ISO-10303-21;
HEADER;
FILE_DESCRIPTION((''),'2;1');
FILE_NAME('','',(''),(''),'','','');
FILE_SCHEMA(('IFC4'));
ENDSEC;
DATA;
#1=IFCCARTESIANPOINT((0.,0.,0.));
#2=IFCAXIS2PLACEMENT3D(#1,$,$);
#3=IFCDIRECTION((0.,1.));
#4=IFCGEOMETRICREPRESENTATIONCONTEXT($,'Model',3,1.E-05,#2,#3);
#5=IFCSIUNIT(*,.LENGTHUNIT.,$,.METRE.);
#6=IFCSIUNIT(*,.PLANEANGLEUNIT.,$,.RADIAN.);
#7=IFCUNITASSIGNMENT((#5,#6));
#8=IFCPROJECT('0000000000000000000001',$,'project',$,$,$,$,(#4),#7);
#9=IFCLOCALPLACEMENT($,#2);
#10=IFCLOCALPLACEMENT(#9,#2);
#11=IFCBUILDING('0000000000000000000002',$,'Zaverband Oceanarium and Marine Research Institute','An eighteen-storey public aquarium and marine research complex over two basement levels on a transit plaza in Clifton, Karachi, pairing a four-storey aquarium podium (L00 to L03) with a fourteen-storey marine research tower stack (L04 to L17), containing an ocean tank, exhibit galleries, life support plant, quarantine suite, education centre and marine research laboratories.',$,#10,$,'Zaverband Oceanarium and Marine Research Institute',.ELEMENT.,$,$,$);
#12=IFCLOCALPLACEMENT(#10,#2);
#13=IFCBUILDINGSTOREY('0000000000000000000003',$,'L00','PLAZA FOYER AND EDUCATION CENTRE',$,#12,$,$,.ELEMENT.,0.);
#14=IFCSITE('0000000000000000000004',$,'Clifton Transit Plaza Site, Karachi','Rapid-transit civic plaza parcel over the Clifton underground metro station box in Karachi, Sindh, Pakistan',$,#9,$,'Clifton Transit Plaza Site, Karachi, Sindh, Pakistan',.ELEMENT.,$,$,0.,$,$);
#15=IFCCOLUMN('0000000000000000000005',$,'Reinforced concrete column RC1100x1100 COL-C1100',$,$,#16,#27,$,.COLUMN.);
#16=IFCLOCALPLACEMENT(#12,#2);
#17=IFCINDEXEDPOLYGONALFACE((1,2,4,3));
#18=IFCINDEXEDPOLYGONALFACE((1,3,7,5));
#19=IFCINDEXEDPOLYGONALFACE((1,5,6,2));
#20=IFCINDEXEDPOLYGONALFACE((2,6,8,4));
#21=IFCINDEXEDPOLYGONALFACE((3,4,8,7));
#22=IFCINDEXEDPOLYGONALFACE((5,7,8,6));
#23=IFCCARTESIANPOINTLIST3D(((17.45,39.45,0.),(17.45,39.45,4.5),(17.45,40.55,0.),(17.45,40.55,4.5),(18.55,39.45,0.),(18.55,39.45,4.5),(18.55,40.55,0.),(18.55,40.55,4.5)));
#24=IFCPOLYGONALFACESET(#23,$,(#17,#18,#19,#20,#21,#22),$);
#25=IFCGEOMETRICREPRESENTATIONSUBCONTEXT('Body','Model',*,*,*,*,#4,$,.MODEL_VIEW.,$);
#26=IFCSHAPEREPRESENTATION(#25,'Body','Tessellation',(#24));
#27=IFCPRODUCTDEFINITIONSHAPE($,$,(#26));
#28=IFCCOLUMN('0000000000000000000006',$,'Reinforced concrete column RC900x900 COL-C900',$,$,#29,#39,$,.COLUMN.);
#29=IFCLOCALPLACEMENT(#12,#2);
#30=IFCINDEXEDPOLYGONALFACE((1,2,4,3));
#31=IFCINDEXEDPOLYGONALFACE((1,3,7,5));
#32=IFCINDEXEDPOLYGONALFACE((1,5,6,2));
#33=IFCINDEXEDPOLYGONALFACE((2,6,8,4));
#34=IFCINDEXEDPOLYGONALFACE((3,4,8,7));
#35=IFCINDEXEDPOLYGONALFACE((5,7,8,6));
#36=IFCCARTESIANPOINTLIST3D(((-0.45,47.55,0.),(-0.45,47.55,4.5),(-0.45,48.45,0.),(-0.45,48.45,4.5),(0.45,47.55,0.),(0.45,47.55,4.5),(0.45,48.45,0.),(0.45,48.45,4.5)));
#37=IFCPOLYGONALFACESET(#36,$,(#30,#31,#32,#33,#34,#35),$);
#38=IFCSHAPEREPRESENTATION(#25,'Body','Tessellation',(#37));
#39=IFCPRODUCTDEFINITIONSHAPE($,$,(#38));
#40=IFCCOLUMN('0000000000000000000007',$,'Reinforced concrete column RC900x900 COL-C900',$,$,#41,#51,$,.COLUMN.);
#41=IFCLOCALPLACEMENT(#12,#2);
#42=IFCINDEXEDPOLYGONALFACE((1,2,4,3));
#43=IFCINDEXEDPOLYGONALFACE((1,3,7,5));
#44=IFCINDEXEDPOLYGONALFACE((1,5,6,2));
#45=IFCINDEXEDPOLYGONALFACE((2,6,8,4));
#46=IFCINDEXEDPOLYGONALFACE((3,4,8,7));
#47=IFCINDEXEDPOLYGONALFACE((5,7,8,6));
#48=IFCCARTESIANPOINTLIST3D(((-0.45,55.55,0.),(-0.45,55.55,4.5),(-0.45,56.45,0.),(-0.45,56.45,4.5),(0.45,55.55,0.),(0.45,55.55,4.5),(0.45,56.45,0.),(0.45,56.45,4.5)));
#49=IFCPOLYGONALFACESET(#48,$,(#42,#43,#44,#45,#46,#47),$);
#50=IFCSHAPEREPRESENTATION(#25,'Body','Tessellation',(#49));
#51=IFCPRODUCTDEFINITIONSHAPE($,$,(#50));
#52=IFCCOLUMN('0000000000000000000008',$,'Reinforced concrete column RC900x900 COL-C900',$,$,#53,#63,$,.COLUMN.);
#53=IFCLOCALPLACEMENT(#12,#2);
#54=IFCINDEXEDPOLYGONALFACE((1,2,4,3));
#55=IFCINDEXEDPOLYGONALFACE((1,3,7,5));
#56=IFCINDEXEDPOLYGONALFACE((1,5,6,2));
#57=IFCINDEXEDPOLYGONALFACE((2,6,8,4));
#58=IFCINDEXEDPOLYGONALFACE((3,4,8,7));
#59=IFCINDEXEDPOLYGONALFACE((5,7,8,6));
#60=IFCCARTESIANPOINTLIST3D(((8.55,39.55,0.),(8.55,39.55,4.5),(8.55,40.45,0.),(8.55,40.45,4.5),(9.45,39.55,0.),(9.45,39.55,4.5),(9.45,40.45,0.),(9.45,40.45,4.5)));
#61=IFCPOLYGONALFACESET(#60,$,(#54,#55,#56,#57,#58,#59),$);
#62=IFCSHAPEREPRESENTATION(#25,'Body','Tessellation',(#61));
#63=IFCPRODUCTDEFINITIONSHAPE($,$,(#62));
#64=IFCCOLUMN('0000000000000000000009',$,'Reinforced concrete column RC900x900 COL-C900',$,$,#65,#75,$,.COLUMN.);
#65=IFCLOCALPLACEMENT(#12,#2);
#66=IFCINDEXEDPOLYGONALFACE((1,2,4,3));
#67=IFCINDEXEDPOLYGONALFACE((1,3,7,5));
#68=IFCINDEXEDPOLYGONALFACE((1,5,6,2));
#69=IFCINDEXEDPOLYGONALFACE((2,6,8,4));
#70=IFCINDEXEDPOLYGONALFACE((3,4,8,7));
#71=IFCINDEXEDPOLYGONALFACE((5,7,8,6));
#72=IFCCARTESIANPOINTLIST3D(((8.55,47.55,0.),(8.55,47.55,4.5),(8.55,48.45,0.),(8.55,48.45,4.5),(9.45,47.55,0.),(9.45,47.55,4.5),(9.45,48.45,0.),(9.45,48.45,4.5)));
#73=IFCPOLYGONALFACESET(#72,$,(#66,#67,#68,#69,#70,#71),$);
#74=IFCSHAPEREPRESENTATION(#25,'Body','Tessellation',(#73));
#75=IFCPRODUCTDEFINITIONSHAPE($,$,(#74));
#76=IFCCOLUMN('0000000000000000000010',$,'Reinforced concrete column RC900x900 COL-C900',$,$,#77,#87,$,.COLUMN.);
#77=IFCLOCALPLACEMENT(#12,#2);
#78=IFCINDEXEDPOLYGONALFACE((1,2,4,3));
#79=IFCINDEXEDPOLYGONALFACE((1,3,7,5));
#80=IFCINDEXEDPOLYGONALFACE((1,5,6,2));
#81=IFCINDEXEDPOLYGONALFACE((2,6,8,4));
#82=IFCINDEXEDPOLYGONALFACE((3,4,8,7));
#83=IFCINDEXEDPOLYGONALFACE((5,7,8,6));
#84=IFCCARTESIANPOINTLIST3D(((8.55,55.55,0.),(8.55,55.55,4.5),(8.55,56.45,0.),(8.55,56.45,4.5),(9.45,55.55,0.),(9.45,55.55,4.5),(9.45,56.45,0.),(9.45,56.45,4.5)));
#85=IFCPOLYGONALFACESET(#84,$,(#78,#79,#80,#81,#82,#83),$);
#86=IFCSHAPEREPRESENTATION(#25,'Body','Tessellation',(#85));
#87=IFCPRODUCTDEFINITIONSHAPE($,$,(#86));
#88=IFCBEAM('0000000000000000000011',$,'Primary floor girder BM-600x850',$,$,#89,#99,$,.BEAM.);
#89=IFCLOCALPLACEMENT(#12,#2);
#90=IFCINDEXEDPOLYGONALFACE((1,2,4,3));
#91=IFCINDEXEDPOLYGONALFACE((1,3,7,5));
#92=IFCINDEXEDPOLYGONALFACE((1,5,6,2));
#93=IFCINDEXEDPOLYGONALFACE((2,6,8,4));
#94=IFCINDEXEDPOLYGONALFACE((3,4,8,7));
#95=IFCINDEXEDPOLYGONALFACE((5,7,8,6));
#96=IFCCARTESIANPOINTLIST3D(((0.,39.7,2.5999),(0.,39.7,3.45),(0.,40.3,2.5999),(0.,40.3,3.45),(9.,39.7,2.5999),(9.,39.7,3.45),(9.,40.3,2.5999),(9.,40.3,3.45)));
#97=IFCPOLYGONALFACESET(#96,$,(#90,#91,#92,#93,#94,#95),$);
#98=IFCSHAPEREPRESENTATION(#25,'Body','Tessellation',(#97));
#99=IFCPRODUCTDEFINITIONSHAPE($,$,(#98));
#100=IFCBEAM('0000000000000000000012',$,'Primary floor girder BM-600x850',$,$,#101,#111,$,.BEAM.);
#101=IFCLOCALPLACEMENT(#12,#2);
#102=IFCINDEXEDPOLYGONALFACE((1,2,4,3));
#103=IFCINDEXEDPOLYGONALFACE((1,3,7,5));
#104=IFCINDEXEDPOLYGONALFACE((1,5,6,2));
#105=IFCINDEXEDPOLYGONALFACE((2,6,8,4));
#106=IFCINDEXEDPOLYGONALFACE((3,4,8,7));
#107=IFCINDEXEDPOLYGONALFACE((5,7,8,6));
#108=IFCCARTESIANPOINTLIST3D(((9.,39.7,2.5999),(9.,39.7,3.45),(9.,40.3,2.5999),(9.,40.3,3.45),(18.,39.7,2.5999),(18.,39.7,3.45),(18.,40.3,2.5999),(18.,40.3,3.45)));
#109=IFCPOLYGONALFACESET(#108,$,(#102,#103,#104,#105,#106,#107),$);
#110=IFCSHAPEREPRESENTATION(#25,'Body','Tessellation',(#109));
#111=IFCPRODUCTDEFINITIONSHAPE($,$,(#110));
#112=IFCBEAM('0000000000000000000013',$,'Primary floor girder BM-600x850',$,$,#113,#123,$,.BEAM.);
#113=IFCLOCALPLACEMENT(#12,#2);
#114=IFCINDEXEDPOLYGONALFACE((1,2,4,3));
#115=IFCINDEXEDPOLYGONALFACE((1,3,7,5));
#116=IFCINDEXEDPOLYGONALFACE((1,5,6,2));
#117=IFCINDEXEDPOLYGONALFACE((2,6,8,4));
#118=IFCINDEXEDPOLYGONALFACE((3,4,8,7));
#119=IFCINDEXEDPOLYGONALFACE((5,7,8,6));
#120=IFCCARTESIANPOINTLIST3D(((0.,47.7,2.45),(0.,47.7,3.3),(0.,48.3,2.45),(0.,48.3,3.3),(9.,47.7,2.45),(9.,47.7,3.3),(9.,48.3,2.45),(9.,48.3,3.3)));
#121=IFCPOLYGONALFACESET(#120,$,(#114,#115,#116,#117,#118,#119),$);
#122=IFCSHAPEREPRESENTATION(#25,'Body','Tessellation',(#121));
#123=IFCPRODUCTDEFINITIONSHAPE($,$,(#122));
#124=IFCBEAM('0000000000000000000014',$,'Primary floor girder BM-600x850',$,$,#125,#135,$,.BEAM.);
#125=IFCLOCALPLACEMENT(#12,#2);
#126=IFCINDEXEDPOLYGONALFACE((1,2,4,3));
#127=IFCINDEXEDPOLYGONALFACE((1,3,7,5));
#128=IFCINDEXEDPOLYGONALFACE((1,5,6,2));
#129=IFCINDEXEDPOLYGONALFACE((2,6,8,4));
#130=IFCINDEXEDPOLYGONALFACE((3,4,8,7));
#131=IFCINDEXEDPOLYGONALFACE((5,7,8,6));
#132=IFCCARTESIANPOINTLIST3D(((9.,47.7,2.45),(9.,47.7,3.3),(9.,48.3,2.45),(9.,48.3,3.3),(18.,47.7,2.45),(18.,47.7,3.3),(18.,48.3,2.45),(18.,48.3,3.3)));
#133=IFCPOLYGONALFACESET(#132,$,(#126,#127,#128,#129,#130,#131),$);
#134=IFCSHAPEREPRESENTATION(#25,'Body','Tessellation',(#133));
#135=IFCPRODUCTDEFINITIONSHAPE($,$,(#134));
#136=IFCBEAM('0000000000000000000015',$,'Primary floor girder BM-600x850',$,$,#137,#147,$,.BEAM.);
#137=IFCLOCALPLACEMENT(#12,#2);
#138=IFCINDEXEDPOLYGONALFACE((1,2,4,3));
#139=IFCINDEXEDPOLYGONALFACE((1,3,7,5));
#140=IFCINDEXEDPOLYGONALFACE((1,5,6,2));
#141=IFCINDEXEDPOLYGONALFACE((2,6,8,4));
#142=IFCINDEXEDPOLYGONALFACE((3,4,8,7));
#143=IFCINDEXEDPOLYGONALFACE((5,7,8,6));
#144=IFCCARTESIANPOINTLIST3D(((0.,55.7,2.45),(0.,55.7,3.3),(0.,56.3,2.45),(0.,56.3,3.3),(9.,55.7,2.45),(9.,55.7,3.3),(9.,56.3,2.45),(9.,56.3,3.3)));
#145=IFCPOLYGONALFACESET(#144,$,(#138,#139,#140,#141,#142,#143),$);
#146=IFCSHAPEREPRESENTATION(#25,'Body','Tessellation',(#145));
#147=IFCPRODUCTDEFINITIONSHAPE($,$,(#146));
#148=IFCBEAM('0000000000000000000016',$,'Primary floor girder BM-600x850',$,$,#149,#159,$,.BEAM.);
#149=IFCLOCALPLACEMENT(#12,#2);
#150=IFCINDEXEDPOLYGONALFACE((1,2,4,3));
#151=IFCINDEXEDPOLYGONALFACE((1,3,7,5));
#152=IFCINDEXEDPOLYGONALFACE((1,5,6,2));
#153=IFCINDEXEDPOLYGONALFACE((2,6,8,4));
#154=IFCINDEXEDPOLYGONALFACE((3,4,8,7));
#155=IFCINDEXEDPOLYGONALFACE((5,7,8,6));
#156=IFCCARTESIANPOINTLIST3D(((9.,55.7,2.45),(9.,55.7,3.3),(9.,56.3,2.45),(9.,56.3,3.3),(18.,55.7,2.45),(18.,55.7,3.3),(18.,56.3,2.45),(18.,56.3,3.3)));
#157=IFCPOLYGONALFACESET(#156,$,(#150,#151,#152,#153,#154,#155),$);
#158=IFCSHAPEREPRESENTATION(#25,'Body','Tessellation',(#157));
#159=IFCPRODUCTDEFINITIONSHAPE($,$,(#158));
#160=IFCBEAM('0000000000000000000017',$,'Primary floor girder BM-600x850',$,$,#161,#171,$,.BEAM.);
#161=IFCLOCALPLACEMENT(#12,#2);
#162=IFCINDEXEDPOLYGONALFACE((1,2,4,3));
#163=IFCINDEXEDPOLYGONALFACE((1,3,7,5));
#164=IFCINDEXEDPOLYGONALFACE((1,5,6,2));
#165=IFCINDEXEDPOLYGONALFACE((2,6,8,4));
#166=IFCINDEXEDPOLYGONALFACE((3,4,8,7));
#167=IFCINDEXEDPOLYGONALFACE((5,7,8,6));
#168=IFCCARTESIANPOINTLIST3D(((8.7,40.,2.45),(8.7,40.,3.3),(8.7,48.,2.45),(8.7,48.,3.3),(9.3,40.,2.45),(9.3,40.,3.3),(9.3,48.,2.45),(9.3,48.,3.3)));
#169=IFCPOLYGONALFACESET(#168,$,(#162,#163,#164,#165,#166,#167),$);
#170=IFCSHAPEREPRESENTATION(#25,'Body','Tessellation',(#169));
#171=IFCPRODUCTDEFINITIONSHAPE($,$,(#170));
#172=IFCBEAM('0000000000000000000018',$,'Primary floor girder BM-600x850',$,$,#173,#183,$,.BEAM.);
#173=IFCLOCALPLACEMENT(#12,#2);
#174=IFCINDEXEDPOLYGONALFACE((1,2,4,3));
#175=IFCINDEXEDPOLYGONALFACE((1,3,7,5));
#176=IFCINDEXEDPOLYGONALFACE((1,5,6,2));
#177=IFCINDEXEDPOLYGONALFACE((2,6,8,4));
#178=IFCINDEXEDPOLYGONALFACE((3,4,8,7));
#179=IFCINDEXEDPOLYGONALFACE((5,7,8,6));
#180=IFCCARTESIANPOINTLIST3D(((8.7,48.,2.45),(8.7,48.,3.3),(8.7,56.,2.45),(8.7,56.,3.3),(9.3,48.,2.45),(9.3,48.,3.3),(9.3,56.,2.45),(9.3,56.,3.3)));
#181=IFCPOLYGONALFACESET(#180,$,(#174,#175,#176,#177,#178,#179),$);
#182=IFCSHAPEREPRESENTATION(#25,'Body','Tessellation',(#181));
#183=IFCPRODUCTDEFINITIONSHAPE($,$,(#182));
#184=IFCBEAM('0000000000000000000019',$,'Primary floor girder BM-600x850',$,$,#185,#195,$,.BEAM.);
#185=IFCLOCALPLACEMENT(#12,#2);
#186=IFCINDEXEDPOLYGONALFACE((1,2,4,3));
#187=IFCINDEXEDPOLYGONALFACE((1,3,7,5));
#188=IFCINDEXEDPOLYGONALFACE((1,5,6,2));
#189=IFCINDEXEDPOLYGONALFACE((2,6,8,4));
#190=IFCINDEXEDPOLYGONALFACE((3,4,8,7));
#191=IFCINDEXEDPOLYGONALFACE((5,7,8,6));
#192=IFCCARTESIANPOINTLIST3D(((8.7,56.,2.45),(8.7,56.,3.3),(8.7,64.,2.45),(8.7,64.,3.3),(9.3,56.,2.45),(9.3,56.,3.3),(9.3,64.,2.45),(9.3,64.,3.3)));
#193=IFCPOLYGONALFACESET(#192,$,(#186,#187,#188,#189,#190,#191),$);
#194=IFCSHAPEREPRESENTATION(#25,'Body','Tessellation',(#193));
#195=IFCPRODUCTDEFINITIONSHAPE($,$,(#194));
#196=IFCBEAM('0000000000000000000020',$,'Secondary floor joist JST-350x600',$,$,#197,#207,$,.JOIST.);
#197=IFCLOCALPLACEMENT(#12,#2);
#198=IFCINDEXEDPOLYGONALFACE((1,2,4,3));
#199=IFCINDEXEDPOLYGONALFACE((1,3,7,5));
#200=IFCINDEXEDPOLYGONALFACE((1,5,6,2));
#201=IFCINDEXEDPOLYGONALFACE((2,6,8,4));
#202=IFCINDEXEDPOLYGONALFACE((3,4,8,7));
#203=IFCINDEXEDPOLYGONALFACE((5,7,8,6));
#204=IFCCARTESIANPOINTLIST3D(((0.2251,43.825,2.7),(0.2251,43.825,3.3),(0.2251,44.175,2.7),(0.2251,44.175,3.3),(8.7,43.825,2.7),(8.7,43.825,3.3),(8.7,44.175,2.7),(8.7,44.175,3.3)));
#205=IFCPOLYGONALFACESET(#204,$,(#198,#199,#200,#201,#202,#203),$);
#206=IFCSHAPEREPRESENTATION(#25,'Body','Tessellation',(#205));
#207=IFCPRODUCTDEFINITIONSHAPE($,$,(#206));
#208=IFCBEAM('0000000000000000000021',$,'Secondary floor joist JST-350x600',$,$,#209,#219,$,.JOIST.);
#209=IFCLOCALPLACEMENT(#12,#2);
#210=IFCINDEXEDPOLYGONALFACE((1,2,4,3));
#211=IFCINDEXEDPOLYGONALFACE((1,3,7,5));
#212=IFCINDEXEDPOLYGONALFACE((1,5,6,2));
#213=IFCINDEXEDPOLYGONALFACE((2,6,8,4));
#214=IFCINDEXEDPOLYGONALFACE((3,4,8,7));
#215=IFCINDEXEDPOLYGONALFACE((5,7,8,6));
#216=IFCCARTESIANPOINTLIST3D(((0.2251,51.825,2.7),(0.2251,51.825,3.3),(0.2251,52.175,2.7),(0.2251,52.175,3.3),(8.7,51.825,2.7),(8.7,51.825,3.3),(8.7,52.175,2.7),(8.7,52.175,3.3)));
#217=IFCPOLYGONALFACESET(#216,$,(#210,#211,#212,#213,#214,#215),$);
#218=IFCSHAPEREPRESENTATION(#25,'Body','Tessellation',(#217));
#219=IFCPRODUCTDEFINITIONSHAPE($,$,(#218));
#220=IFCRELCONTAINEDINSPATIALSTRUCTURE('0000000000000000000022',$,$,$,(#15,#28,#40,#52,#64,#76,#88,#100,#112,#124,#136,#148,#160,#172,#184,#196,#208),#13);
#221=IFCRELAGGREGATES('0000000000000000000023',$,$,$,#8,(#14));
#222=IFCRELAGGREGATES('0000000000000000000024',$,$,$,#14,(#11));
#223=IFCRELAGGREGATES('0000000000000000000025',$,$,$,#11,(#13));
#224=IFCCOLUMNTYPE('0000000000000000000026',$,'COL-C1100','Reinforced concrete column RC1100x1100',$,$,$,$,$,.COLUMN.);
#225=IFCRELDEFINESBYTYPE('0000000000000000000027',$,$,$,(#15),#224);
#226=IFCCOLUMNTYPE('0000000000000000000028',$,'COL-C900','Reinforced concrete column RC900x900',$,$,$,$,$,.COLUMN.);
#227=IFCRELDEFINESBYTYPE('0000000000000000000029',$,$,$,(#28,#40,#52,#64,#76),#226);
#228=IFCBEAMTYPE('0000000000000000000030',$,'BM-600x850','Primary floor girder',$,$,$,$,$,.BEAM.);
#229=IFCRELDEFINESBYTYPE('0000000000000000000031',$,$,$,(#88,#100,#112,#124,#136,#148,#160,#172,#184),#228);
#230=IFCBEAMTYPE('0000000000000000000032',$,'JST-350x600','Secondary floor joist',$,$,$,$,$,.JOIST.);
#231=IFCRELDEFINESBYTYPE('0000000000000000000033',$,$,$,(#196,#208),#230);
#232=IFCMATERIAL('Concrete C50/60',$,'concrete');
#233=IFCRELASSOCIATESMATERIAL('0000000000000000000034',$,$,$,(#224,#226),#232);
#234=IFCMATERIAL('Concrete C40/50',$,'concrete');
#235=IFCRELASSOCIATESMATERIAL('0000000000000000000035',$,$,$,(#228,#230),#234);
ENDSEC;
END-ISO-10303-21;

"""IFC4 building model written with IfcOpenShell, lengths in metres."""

from ifc_helpers import new_model, si_unit, direction, frame, origin, origin_2d, place, context, subcontext, project, spatial, rectangle, extrude, material, material_profile, profile_set, type_object, element, save


model = new_model("IFC4")

# Units and contexts
model_context = context("Model", 3, precision=1e-05, world=origin(), true_north=direction((0.0, 1.0)))
body_context = subcontext(model_context, "Body", "Model", "MODEL_VIEW")
ifc_project = project(units=[si_unit("LENGTHUNIT", "METRE"), si_unit("PLANEANGLEUNIT", "RADIAN")], contexts=[model_context])

# Site, building, storey
site_placement = place(None, origin())
site = spatial("IfcSite", under=ifc_project, at=site_placement, Name="Clifton Transit Plaza Site, Karachi", Description="Rapid-transit civic plaza parcel over the Clifton underground metro station box in Karachi, Sindh, Pakistan", LongName="Clifton Transit Plaza Site, Karachi, Sindh, Pakistan", CompositionType="ELEMENT", RefElevation=0.0)
building_placement = place(site_placement, origin())
building = spatial("IfcBuilding", under=site, at=building_placement, Name="Zaverband Oceanarium and Marine Research Institute", Description="An eighteen-storey public aquarium and marine research complex over two basement levels on a transit plaza in Clifton, Karachi, pairing a four-storey aquarium podium (L00 to L03) with a fourteen-storey marine research tower stack (L04 to L17), containing an ocean tank, exhibit galleries, life support plant, quarantine suite, education centre and marine research laboratories.", LongName="Zaverband Oceanarium and Marine Research Institute", CompositionType="ELEMENT")
storey_placement = place(building_placement, origin())
storey = spatial("IfcBuildingStorey", under=building, at=storey_placement, Name="L00", Description="PLAZA FOYER AND EDUCATION CENTRE", CompositionType="ELEMENT", Elevation=0.0)

# Columns
ifc_material_1 = material(Name="Concrete C50/60", Category="concrete")
ifc_material_profile_1 = material_profile(ifc_material_1, rectangle(XDim=1.1001, YDim=1.1001, at=origin_2d()), Name="RC1100x1100")
ifc_profile_set_1 = profile_set([ifc_material_profile_1], Name="Concrete C50/60")
column_type_1 = type_object("IfcColumnType", Name="COL-C1100", Description="Reinforced concrete column RC1100x1100", PredefinedType="COLUMN", material=ifc_profile_set_1)
column_placement = place(storey_placement, frame((18.0, 40.0, 0.0), z_axis=(0.0, 0.0, 1.0), x_axis=(1.0, 0.0, 0.0)))
element("IfcColumn", 1, at=column_placement, inside=storey, type_object=column_type_1, Name="Reinforced concrete column RC1100x1100 COL-C1100", PredefinedType="COLUMN", context=body_context, shape_type="SweptSolid", body=[
    extrude(rectangle(XDim=1.1001, YDim=1.1001, at=origin_2d()), origin(), (0.0, 0.0, 1.0), 4.5),
])
ifc_material_profile_2 = material_profile(ifc_material_1, rectangle(XDim=0.8999, YDim=0.8999, at=origin_2d()), Name="RC900x900")
ifc_profile_set_2 = profile_set([ifc_material_profile_2], Name="Concrete C50/60")
column_type_2 = type_object("IfcColumnType", Name="COL-C900", Description="Reinforced concrete column RC900x900", PredefinedType="COLUMN", material=ifc_profile_set_2)
for number, where, z_axis, x_axis, name in (
    (2, (0.0, 48.0, 0.0), (0.0, 0.0, 1.0), (1.0, 0.0, 0.0), "Reinforced concrete column RC900x900 COL-C900"),
    (3, (0.0, 56.0, 0.0), (0.0, 0.0, 1.0), (1.0, 0.0, 0.0), "Reinforced concrete column RC900x900 COL-C900"),
    (4, (9.0, 40.0, 0.0), (0.0, 0.0, 1.0), (1.0, 0.0, 0.0), "Reinforced concrete column RC900x900 COL-C900"),
    (5, (9.0, 48.0, 0.0), (0.0, 0.0, 1.0), (1.0, 0.0, 0.0), "Reinforced concrete column RC900x900 COL-C900"),
    (6, (9.0, 56.0, 0.0), (0.0, 0.0, 1.0), (1.0, 0.0, 0.0), "Reinforced concrete column RC900x900 COL-C900"),
):
    element("IfcColumn", number, at=place(storey_placement, frame(where, z_axis=z_axis, x_axis=x_axis)), inside=storey, type_object=column_type_2, Name=name, PredefinedType="COLUMN", context=body_context, shape_type="SweptSolid", body=[
        extrude(rectangle(XDim=0.8999, YDim=0.8999, at=origin_2d()), origin(), (0.0, 0.0, 1.0), 4.5),
    ])

# Beams
ifc_material_2 = material(Name="Concrete C40/50", Category="concrete")
ifc_material_profile_3 = material_profile(ifc_material_2, rectangle(XDim=0.6001, YDim=0.8501, at=origin_2d()), Name="RC600x850")
ifc_profile_set_3 = profile_set([ifc_material_profile_3], Name="Concrete C40/50")
beam_type_1 = type_object("IfcBeamType", Name="BM-600x850", Description="Primary floor girder", PredefinedType="BEAM", material=ifc_profile_set_3)
for number, where, z_axis, x_axis, name in (
    (7, (0.0, 40.0, 3.0249), (1.0, 0.0, 0.0), (0.0, 1.0, 0.0), "Primary floor girder BM-600x850"),
    (8, (9.0, 40.0, 3.0249), (1.0, 0.0, 0.0), (0.0, 1.0, 0.0), "Primary floor girder BM-600x850"),
    (9, (0.0, 48.0, 2.875), (1.0, 0.0, 0.0), (0.0, 1.0, 0.0), "Primary floor girder BM-600x850"),
    (10, (9.0, 48.0, 2.875), (1.0, 0.0, 0.0), (0.0, 1.0, 0.0), "Primary floor girder BM-600x850"),
    (11, (0.0, 56.0, 2.875), (1.0, 0.0, 0.0), (0.0, 1.0, 0.0), "Primary floor girder BM-600x850"),
    (12, (9.0, 56.0, 2.875), (1.0, 0.0, 0.0), (0.0, 1.0, 0.0), "Primary floor girder BM-600x850"),
):
    element("IfcBeam", number, at=place(storey_placement, frame(where, z_axis=z_axis, x_axis=x_axis)), inside=storey, type_object=beam_type_1, Name=name, PredefinedType="BEAM", context=body_context, shape_type="SweptSolid", body=[
        extrude(rectangle(XDim=0.6001, YDim=0.8501, at=origin_2d()), origin(), (0.0, 0.0, 1.0), 9.0),
    ])
for number, where, z_axis, x_axis, name in (
    (13, (9.0, 40.0, 2.875), (0.0, 1.0, 0.0), (-1.0, 0.0, 0.0), "Primary floor girder BM-600x850"),
    (14, (9.0, 48.0, 2.875), (0.0, 1.0, 0.0), (-1.0, 0.0, 0.0), "Primary floor girder BM-600x850"),
    (15, (9.0, 56.0, 2.875), (0.0, 1.0, 0.0), (-1.0, 0.0, 0.0), "Primary floor girder BM-600x850"),
):
    element("IfcBeam", number, at=place(storey_placement, frame(where, z_axis=z_axis, x_axis=x_axis)), inside=storey, type_object=beam_type_1, Name=name, PredefinedType="BEAM", context=body_context, shape_type="SweptSolid", body=[
        extrude(rectangle(XDim=0.6001, YDim=0.8501, at=origin_2d()), origin(), (0.0, 0.0, 1.0), 8.0),
    ])
ifc_material_profile_4 = material_profile(ifc_material_2, rectangle(XDim=0.3501, YDim=0.6001, at=origin_2d()), Name="RC350x600")
ifc_profile_set_4 = profile_set([ifc_material_profile_4], Name="Concrete C40/50")
beam_type_2 = type_object("IfcBeamType", Name="JST-350x600", Description="Secondary floor joist", PredefinedType="JOIST", material=ifc_profile_set_4)
for number, where, z_axis, x_axis, name in (
    (16, (0.2251, 44.0, 3.0), (1.0, 0.0, 0.0), (0.0, 1.0, 0.0), "Secondary floor joist JST-350x600"),
    (17, (0.2251, 52.0, 3.0), (1.0, 0.0, 0.0), (0.0, 1.0, 0.0), "Secondary floor joist JST-350x600"),
):
    element("IfcBeam", number, at=place(storey_placement, frame(where, z_axis=z_axis, x_axis=x_axis)), inside=storey, type_object=beam_type_2, Name=name, PredefinedType="JOIST", context=body_context, shape_type="SweptSolid", body=[
        extrude(rectangle(XDim=0.3501, YDim=0.6001, at=origin_2d()), origin(), (0.0, 0.0, 1.0), 8.4749),
    ])

save(model, "model.ifc")
